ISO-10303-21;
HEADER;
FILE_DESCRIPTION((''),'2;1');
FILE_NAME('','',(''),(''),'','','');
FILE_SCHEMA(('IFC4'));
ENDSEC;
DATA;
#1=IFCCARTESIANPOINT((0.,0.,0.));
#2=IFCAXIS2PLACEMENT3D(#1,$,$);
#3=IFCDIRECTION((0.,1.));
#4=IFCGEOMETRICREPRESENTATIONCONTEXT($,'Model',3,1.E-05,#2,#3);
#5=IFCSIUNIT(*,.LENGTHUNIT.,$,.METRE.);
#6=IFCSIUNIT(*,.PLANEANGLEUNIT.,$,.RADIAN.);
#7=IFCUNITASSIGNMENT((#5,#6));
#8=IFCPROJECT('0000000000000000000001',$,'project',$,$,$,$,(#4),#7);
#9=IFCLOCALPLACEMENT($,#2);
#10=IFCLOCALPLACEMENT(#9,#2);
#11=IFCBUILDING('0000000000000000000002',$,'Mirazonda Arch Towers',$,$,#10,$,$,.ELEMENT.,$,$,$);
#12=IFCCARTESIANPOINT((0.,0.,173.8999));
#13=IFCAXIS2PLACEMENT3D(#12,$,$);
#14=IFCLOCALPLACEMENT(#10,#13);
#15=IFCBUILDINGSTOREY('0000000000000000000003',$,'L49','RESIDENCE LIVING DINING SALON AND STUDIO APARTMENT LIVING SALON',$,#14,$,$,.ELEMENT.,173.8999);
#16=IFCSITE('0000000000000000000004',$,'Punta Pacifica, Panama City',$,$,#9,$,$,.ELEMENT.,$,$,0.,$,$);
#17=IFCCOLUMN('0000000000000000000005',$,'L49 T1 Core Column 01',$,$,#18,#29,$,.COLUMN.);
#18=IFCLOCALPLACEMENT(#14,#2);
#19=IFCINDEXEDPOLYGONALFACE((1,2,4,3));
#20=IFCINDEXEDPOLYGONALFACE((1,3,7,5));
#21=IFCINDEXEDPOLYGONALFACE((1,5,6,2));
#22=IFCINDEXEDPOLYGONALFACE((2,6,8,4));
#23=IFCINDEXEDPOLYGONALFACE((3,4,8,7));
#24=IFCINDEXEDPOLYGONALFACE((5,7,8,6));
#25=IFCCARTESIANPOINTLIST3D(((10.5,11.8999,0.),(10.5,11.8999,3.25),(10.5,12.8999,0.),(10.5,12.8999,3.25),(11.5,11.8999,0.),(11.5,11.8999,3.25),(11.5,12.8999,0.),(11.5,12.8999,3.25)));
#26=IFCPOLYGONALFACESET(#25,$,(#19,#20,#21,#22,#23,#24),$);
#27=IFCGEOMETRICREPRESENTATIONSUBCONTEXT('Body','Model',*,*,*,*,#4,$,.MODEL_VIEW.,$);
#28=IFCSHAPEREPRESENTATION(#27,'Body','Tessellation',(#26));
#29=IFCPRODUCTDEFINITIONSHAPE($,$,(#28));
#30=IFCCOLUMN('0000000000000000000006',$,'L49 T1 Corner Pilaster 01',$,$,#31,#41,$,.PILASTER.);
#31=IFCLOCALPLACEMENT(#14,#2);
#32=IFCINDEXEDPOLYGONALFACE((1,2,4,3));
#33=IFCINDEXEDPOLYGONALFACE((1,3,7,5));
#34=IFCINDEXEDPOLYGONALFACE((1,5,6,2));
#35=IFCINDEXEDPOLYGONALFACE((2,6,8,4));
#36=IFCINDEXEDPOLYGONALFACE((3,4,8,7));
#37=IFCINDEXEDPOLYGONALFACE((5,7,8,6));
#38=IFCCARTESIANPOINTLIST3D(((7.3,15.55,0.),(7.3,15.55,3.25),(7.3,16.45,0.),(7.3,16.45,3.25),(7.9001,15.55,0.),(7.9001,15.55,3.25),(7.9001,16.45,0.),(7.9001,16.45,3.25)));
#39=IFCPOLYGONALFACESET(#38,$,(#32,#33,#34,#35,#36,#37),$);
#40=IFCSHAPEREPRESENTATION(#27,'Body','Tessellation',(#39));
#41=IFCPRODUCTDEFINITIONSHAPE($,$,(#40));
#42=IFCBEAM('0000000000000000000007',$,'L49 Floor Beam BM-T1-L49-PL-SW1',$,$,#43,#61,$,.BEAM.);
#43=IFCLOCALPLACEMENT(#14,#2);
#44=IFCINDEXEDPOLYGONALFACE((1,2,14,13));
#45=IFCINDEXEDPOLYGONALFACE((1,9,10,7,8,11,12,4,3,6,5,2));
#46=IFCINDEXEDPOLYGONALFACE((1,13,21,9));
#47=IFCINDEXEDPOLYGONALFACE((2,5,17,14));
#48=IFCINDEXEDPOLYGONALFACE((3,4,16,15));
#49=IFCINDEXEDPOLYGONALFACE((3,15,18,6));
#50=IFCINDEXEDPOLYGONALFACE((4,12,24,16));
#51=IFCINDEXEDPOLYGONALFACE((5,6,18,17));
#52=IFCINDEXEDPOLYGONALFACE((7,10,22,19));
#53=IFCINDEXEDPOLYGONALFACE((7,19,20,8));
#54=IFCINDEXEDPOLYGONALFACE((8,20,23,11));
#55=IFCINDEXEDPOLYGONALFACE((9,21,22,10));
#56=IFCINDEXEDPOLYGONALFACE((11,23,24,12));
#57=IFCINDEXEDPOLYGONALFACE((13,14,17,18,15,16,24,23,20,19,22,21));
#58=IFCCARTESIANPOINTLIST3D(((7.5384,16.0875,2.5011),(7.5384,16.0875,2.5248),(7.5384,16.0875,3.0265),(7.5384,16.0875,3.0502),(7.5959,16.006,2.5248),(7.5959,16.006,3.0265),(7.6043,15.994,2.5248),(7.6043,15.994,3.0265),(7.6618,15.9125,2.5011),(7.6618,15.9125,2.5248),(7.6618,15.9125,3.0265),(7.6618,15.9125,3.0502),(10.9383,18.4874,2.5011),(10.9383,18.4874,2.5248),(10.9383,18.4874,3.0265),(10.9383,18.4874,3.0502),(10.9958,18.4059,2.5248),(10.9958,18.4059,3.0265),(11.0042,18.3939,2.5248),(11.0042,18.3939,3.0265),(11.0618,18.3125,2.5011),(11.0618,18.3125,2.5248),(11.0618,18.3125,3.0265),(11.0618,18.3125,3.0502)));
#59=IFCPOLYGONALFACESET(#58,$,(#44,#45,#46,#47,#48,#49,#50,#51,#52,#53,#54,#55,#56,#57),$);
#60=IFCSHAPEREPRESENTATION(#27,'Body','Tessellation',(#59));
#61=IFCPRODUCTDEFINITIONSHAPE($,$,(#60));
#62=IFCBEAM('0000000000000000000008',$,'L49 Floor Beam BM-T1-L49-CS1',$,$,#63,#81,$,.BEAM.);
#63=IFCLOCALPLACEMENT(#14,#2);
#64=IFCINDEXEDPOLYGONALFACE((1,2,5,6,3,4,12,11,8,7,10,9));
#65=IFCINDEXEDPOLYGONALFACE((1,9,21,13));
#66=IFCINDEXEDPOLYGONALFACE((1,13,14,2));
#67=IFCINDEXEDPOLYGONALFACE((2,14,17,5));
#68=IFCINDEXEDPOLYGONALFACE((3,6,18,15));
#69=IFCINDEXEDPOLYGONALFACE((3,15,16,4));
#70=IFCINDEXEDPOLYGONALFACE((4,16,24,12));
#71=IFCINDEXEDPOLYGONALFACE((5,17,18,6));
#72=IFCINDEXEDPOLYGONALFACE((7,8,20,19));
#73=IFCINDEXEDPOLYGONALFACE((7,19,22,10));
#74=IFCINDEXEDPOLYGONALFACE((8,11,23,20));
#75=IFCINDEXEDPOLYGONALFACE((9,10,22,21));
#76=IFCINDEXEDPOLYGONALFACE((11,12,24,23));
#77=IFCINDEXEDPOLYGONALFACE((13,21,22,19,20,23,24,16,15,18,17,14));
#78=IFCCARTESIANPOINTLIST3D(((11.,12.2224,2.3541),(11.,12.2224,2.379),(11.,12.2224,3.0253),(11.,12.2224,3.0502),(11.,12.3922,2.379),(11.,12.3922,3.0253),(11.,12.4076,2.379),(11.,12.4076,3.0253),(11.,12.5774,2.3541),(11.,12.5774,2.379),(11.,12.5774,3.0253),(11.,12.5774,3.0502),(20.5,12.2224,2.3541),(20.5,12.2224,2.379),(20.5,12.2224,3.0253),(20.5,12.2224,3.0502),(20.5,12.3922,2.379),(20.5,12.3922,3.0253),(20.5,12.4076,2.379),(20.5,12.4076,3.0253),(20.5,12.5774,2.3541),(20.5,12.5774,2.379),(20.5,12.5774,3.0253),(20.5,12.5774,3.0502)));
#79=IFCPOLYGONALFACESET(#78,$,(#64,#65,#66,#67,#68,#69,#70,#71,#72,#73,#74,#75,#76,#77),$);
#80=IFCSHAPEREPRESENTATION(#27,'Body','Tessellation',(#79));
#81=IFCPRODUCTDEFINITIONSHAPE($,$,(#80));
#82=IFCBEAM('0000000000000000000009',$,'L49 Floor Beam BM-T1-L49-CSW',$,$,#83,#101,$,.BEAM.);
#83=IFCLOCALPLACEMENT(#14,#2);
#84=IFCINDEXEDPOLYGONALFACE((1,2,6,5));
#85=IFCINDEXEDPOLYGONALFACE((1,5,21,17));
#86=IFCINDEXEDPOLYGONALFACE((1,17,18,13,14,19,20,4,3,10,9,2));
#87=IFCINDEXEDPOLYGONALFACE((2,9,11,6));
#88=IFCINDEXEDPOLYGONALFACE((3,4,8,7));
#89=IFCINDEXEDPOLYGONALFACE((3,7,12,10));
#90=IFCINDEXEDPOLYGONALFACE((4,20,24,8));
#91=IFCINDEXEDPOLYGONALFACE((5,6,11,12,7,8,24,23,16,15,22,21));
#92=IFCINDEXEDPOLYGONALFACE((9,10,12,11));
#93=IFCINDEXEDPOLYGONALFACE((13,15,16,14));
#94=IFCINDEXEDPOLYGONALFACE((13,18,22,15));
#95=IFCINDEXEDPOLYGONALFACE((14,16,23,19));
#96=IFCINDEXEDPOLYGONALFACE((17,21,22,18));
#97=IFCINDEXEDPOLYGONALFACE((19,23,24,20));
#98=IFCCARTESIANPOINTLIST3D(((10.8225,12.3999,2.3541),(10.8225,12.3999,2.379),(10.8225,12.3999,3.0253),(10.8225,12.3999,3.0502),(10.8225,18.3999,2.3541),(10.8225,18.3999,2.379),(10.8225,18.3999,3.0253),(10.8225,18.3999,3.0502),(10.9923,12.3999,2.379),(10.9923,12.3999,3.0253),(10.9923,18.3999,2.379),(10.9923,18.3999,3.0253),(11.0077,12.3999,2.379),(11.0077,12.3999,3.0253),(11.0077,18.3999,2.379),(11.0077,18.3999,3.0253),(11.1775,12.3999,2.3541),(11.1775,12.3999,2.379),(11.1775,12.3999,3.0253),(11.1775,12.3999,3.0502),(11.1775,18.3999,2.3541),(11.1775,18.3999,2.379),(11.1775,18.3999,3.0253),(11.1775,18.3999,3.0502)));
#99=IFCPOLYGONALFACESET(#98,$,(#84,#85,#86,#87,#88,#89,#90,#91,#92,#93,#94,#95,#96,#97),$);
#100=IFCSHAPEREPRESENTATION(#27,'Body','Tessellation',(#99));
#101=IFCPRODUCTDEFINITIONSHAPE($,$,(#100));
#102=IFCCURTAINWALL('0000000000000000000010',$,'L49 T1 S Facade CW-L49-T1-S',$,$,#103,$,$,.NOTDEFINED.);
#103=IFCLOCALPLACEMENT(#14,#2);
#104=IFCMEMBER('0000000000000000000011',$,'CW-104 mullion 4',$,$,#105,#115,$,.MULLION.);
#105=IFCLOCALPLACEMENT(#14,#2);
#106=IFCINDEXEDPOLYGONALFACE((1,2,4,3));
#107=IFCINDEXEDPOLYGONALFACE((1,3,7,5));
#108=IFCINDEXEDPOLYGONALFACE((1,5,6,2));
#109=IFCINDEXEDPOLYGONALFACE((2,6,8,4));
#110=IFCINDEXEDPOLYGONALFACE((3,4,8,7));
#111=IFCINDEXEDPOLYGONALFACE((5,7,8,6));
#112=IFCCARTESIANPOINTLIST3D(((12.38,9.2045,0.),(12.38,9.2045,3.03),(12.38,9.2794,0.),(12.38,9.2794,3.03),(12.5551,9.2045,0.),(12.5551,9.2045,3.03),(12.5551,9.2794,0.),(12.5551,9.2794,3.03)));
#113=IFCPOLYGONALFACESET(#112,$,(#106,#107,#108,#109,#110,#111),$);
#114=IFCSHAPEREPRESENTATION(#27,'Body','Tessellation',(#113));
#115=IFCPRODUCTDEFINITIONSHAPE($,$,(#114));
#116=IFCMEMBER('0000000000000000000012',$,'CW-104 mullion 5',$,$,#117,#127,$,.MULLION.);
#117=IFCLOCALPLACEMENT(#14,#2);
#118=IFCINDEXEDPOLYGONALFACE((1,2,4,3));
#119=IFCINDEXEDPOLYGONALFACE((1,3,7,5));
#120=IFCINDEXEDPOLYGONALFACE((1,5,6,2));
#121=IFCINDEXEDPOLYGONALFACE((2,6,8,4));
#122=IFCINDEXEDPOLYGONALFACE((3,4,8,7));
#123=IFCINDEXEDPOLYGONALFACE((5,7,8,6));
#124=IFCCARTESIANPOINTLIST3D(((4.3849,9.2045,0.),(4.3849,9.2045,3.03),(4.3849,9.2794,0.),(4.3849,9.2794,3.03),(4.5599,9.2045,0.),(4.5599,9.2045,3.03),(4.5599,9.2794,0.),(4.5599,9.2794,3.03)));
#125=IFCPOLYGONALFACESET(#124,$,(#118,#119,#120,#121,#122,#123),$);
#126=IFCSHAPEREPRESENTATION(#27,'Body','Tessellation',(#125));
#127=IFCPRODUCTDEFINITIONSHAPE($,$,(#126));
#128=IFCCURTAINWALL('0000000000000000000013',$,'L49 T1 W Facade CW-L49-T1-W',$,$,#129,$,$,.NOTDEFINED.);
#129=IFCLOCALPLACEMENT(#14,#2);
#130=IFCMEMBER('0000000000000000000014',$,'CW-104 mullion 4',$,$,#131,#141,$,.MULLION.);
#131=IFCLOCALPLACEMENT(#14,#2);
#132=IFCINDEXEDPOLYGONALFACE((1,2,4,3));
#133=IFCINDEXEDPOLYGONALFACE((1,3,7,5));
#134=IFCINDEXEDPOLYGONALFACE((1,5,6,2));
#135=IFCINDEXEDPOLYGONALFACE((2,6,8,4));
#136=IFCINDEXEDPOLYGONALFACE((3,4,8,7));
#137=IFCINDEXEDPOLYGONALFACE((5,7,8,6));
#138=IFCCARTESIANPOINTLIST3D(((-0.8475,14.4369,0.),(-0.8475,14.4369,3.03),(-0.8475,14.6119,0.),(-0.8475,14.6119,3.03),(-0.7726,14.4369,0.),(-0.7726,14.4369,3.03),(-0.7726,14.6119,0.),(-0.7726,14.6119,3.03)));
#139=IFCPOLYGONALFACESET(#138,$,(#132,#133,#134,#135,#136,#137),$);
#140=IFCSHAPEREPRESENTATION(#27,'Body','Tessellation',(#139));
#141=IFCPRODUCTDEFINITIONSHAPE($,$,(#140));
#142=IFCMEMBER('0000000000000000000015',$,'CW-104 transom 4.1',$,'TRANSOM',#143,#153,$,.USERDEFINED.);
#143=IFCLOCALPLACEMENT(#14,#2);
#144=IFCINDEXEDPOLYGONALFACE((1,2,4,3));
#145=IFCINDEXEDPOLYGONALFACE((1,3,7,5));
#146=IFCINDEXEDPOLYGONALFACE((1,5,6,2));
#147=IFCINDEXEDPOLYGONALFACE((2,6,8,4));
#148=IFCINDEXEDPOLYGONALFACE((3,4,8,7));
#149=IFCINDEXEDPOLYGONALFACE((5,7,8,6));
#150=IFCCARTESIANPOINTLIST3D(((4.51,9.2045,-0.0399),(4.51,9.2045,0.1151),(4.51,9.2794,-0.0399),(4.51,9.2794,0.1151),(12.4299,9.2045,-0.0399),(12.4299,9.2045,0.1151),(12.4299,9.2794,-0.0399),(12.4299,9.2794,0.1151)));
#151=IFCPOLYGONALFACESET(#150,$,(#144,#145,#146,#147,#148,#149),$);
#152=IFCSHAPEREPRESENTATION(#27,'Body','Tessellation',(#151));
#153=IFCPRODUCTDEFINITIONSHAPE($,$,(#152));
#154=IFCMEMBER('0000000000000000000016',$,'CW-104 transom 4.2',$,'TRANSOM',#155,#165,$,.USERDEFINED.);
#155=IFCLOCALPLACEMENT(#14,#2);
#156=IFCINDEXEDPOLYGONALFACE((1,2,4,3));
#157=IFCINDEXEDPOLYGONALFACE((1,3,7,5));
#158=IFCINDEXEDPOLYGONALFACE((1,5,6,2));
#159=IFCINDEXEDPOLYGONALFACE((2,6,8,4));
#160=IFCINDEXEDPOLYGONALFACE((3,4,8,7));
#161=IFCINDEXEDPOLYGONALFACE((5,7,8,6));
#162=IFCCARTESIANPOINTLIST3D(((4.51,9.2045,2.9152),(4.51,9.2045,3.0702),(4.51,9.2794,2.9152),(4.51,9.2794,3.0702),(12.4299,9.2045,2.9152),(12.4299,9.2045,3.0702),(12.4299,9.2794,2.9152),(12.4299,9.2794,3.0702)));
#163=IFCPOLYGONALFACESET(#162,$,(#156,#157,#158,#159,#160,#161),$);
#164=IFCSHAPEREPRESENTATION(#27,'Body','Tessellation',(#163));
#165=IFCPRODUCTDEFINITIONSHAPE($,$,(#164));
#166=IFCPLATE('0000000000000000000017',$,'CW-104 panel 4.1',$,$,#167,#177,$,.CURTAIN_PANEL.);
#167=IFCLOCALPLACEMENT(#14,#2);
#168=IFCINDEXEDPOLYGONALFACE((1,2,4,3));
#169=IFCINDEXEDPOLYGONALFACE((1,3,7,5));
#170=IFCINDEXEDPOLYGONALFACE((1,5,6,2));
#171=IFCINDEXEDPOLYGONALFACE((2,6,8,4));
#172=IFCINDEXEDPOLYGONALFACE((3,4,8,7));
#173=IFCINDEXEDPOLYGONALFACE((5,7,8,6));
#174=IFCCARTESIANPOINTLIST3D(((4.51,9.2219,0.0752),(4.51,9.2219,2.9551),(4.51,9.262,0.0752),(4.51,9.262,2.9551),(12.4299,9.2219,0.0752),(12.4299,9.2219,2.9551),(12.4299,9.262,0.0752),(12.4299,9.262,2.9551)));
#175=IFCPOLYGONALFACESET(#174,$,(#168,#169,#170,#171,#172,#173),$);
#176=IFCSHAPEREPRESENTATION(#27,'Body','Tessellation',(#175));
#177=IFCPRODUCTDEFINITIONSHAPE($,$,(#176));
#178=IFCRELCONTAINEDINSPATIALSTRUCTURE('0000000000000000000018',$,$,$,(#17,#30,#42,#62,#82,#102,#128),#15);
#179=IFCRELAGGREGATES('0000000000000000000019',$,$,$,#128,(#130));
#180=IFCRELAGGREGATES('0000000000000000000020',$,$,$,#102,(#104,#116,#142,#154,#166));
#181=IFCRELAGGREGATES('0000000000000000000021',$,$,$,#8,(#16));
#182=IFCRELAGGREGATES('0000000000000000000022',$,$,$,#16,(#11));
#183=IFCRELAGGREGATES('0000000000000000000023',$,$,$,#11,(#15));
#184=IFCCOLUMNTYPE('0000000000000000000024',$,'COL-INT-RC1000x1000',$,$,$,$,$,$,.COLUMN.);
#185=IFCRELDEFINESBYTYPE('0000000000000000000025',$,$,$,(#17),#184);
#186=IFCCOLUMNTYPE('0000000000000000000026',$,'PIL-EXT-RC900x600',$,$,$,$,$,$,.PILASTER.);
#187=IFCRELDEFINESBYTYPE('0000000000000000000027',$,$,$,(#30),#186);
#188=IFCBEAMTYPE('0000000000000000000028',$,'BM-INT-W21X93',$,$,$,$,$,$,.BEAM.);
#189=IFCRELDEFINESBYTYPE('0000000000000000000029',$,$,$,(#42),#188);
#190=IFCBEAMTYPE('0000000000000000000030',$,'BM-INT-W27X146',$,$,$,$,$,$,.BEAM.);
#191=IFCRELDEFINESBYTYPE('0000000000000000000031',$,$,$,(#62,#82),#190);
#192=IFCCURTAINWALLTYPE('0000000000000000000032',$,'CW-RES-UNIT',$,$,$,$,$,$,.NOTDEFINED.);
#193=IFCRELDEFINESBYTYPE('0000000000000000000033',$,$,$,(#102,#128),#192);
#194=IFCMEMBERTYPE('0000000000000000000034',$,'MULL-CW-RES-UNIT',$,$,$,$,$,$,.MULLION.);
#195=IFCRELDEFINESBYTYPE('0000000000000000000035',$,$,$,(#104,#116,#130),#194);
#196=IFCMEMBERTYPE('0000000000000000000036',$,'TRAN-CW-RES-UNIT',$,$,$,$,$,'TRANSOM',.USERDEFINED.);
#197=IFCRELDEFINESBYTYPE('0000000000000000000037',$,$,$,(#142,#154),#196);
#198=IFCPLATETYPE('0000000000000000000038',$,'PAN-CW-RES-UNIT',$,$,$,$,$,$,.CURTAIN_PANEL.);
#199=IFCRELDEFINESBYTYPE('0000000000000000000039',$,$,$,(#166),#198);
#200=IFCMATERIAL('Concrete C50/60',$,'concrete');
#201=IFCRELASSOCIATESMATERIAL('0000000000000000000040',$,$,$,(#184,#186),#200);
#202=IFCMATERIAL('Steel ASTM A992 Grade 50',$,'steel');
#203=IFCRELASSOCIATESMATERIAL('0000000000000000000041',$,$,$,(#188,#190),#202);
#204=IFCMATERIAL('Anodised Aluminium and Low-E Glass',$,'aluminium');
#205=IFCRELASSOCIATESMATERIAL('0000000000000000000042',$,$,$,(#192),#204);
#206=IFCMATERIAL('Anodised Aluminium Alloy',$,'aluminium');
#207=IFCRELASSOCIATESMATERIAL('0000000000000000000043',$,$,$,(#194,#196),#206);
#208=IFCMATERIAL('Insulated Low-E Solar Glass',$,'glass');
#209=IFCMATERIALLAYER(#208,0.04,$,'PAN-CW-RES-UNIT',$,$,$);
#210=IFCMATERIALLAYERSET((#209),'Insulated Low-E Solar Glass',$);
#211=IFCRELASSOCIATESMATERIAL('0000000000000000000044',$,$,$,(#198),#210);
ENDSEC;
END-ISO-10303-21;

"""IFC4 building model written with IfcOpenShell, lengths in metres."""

from ifc_helpers import new_model, si_unit, direction, frame, origin, origin_2d, place, context, subcontext, project, spatial, rectangle, i_section, extrude, material, layer, layer_set, material_profile, profile_set, type_object, element, aggregate, save


model = new_model("IFC4")

# Units and contexts
model_context = context("Model", 3, precision=1e-05, world=origin(), true_north=direction((0.0, 1.0)))
body_context = subcontext(model_context, "Body", "Model", "MODEL_VIEW")
ifc_project = project(units=[si_unit("LENGTHUNIT", "METRE"), si_unit("PLANEANGLEUNIT", "RADIAN")], contexts=[model_context])

# Site, building, storey
site_placement = place(None, origin())
site = spatial("IfcSite", under=ifc_project, at=site_placement, Name="Punta Pacifica, Panama City", CompositionType="ELEMENT", RefElevation=0.0)
building_placement = place(site_placement, origin())
building = spatial("IfcBuilding", under=site, at=building_placement, Name="Mirazonda Arch Towers", CompositionType="ELEMENT")
storey_placement = place(building_placement, frame((0.0, 0.0, 173.8999)))
storey = spatial("IfcBuildingStorey", under=building, at=storey_placement, Name="L49", Description="RESIDENCE LIVING DINING SALON AND STUDIO APARTMENT LIVING SALON", CompositionType="ELEMENT", Elevation=173.8999)

# Columns
ifc_material_1 = material(Name="Concrete C50/60", Category="concrete")
ifc_material_profile_1 = material_profile(ifc_material_1, rectangle(XDim=1.0, YDim=1.0, at=origin_2d()), Name="RC1000x1000")
ifc_profile_set_1 = profile_set([ifc_material_profile_1], Name="Concrete C50/60")
column_type_1 = type_object("IfcColumnType", Name="COL-INT-RC1000x1000", PredefinedType="COLUMN", material=ifc_profile_set_1)
column_1_placement = place(storey_placement, frame((11.0, 12.3999, 0.0), z_axis=(0.0, 0.0, 1.0), x_axis=(1.0, 0.0, 0.0)))
element("IfcColumn", 1, at=column_1_placement, inside=storey, type_object=column_type_1, Name="L49 T1 Core Column 01", PredefinedType="COLUMN", context=body_context, shape_type="SweptSolid", body=[
    extrude(rectangle(XDim=1.0, YDim=1.0, at=origin_2d()), origin(), (0.0, 0.0, 1.0), 3.25),
])
ifc_material_profile_2 = material_profile(ifc_material_1, rectangle(XDim=0.6001, YDim=0.8999, at=origin_2d()), Name="RC900x600")
ifc_profile_set_2 = profile_set([ifc_material_profile_2], Name="Concrete C50/60")
column_type_2 = type_object("IfcColumnType", Name="PIL-EXT-RC900x600", PredefinedType="PILASTER", material=ifc_profile_set_2)
column_2_placement = place(storey_placement, frame((7.6001, 16.0, 0.0), z_axis=(0.0, 0.0, 1.0), x_axis=(1.0, 0.0, 0.0)))
element("IfcColumn", 2, at=column_2_placement, inside=storey, type_object=column_type_2, Name="L49 T1 Corner Pilaster 01", PredefinedType="PILASTER", context=body_context, shape_type="SweptSolid", body=[
    extrude(rectangle(XDim=0.6001, YDim=0.8999, at=origin_2d()), origin(), (0.0, 0.0, 1.0), 3.25),
])

# Beams
ifc_material_2 = material(Name="Steel ASTM A992 Grade 50", Category="steel")
ifc_material_profile_3 = material_profile(ifc_material_2, i_section(OverallWidth=0.2141, OverallDepth=0.5491, WebThickness=0.0146, FlangeThickness=0.0237, at=origin_2d()), Name="W21X93")
ifc_profile_set_3 = profile_set([ifc_material_profile_3], Name="Steel ASTM A992 Grade 50")
beam_type_1 = type_object("IfcBeamType", Name="BM-INT-W21X93", PredefinedType="BEAM", material=ifc_profile_set_3)
beam_1_placement = place(storey_placement, frame((7.6001, 16.0, 2.7756), z_axis=(0.816971, 0.576679, 0.0), x_axis=(-0.576679, 0.816971, 0.0)))
element("IfcBeam", 3, at=beam_1_placement, inside=storey, type_object=beam_type_1, Name="L49 Floor Beam BM-T1-L49-PL-SW1", PredefinedType="BEAM", context=body_context, shape_type="SweptSolid", body=[
    extrude(i_section(OverallWidth=0.2141, OverallDepth=0.5491, WebThickness=0.0146, FlangeThickness=0.0237, at=origin_2d()), origin(), (0.0, 0.0, 1.0), 4.1616),
])
ifc_material_profile_4 = material_profile(ifc_material_2, i_section(OverallWidth=0.355, OverallDepth=0.696, WebThickness=0.0154, FlangeThickness=0.0249, at=origin_2d()), Name="W27X146")
ifc_profile_set_4 = profile_set([ifc_material_profile_4], Name="Steel ASTM A992 Grade 50")
beam_type_2 = type_object("IfcBeamType", Name="BM-INT-W27X146", PredefinedType="BEAM", material=ifc_profile_set_4)
beam_2_placement = place(storey_placement, frame((11.0, 12.3999, 2.7021), z_axis=(1.0, 0.0, 0.0), x_axis=(0.0, 1.0, 0.0)))
element("IfcBeam", 4, at=beam_2_placement, inside=storey, type_object=beam_type_2, Name="L49 Floor Beam BM-T1-L49-CS1", PredefinedType="BEAM", context=body_context, shape_type="SweptSolid", body=[
    extrude(i_section(OverallWidth=0.355, OverallDepth=0.696, WebThickness=0.0154, FlangeThickness=0.0249, at=origin_2d()), origin(), (0.0, 0.0, 1.0), 9.5),
])
beam_3_placement = place(storey_placement, frame((11.0, 12.3999, 2.7021), z_axis=(0.0, 1.0, 0.0), x_axis=(-1.0, 0.0, 0.0)))
element("IfcBeam", 5, at=beam_3_placement, inside=storey, type_object=beam_type_2, Name="L49 Floor Beam BM-T1-L49-CSW", PredefinedType="BEAM", context=body_context, shape_type="SweptSolid", body=[
    extrude(i_section(OverallWidth=0.355, OverallDepth=0.696, WebThickness=0.0154, FlangeThickness=0.0249, at=origin_2d()), origin(), (0.0, 0.0, 1.0), 6.0),
])

# Curtain wall, members
ifc_material_3 = material(Name="Anodised Aluminium and Low-E Glass", Category="aluminium")
curtain_wall_type = type_object("IfcCurtainWallType", Name="CW-RES-UNIT", PredefinedType="NOTDEFINED", material=ifc_material_3)
curtain_wall_1_placement = place(storey_placement, origin())
curtain_wall_1 = element("IfcCurtainWall", 6, at=curtain_wall_1_placement, inside=storey, type_object=curtain_wall_type, Name="L49 T1 S Facade CW-L49-T1-S", PredefinedType="NOTDEFINED")
ifc_material_4 = material(Name="Anodised Aluminium Alloy", Category="aluminium")
ifc_material_profile_5 = material_profile(ifc_material_4, rectangle(XDim=0.075, YDim=0.175, at=origin_2d()), Name="ALU-MULL-75x175")
ifc_profile_set_5 = profile_set([ifc_material_profile_5], Name="Anodised Aluminium Alloy")
member_type_1 = type_object("IfcMemberType", Name="MULL-CW-RES-UNIT", PredefinedType="MULLION", material=ifc_profile_set_5)
member_1_placement = place(storey_placement, frame((12.4675, 9.2419, 0.0), z_axis=(0.0, 0.0, 1.0), x_axis=(0.0, -1.0, 0.0)))
member_1 = element("IfcMember", 7, at=member_1_placement, type_object=member_type_1, Name="CW-104 mullion 4", PredefinedType="MULLION", context=body_context, shape_type="SweptSolid", body=[
    extrude(rectangle(XDim=0.075, YDim=0.175, at=origin_2d()), origin(), (0.0, 0.0, 1.0), 3.03),
])
member_2_placement = place(storey_placement, frame((4.4724, 9.2419, 0.0), z_axis=(0.0, 0.0, 1.0), x_axis=(0.0, -1.0, 0.0)))
member_2 = element("IfcMember", 8, at=member_2_placement, type_object=member_type_1, Name="CW-104 mullion 5", PredefinedType="MULLION", context=body_context, shape_type="SweptSolid", body=[
    extrude(rectangle(XDim=0.075, YDim=0.175, at=origin_2d()), origin(), (0.0, 0.0, 1.0), 3.03),
])

# Curtain wall, member
curtain_wall_2_placement = place(storey_placement, origin())
curtain_wall_2 = element("IfcCurtainWall", 9, at=curtain_wall_2_placement, inside=storey, type_object=curtain_wall_type, Name="L49 T1 W Facade CW-L49-T1-W", PredefinedType="NOTDEFINED")
member_3_placement = place(storey_placement, frame((-0.8101, 14.5244, 0.0), z_axis=(0.0, 0.0, 1.0), x_axis=(1.0, 0.0, 0.0)))
member_3 = element("IfcMember", 10, at=member_3_placement, type_object=member_type_1, Name="CW-104 mullion 4", PredefinedType="MULLION", context=body_context, shape_type="SweptSolid", body=[
    extrude(rectangle(XDim=0.075, YDim=0.175, at=origin_2d()), origin(), (0.0, 0.0, 1.0), 3.03),
])
aggregate(curtain_wall_2, [member_3])

# Members
ifc_material_profile_6 = material_profile(ifc_material_4, rectangle(XDim=0.075, YDim=0.155, at=origin_2d()), Name="ALU-TRAN-75x155")
ifc_profile_set_6 = profile_set([ifc_material_profile_6], Name="Anodised Aluminium Alloy")
member_type_2 = type_object("IfcMemberType", Name="TRAN-CW-RES-UNIT", ElementType="TRANSOM", PredefinedType="USERDEFINED", material=ifc_profile_set_6)
member_4_placement = place(storey_placement, frame((12.4299, 9.2419, 0.0376), z_axis=(-1.0, 0.0, 0.0), x_axis=(0.0, -1.0, 0.0)))
member_4 = element("IfcMember", 11, at=member_4_placement, type_object=member_type_2, Name="CW-104 transom 4.1", ObjectType="TRANSOM", PredefinedType="USERDEFINED", context=body_context, shape_type="SweptSolid", body=[
    extrude(rectangle(XDim=0.075, YDim=0.155, at=origin_2d()), origin(), (0.0, 0.0, 1.0), 7.9199),
])
member_5_placement = place(storey_placement, frame((12.4299, 9.2419, 2.9927), z_axis=(-1.0, 0.0, 0.0), x_axis=(0.0, -1.0, 0.0)))
member_5 = element("IfcMember", 12, at=member_5_placement, type_object=member_type_2, Name="CW-104 transom 4.2", ObjectType="TRANSOM", PredefinedType="USERDEFINED", context=body_context, shape_type="SweptSolid", body=[
    extrude(rectangle(XDim=0.075, YDim=0.155, at=origin_2d()), origin(), (0.0, 0.0, 1.0), 7.9199),
])

# Plate
ifc_material_5 = material(Name="Insulated Low-E Solar Glass", Category="glass")
ifc_layer_1 = layer(ifc_material_5, 0.04, Name="PAN-CW-RES-UNIT")
ifc_layer_set_1 = layer_set([ifc_layer_1], Name="Insulated Low-E Solar Glass")
plate_type = type_object("IfcPlateType", Name="PAN-CW-RES-UNIT", PredefinedType="CURTAIN_PANEL", material=ifc_layer_set_1)
plate_placement = place(storey_placement, frame((8.47, 9.2419, 0.0752), z_axis=(0.0, 0.0, 1.0), x_axis=(-1.0, 0.0, 0.0)))
plate = element("IfcPlate", 13, at=plate_placement, type_object=plate_type, Name="CW-104 panel 4.1", PredefinedType="CURTAIN_PANEL", context=body_context, shape_type="SweptSolid", body=[
    extrude(rectangle(XDim=7.9199, YDim=0.04, at=origin_2d()), origin(), (0.0, 0.0, 1.0), 2.8799),
])
aggregate(curtain_wall_1, [member_1, member_2, member_4, member_5, plate])

save(model, "model.ifc")
